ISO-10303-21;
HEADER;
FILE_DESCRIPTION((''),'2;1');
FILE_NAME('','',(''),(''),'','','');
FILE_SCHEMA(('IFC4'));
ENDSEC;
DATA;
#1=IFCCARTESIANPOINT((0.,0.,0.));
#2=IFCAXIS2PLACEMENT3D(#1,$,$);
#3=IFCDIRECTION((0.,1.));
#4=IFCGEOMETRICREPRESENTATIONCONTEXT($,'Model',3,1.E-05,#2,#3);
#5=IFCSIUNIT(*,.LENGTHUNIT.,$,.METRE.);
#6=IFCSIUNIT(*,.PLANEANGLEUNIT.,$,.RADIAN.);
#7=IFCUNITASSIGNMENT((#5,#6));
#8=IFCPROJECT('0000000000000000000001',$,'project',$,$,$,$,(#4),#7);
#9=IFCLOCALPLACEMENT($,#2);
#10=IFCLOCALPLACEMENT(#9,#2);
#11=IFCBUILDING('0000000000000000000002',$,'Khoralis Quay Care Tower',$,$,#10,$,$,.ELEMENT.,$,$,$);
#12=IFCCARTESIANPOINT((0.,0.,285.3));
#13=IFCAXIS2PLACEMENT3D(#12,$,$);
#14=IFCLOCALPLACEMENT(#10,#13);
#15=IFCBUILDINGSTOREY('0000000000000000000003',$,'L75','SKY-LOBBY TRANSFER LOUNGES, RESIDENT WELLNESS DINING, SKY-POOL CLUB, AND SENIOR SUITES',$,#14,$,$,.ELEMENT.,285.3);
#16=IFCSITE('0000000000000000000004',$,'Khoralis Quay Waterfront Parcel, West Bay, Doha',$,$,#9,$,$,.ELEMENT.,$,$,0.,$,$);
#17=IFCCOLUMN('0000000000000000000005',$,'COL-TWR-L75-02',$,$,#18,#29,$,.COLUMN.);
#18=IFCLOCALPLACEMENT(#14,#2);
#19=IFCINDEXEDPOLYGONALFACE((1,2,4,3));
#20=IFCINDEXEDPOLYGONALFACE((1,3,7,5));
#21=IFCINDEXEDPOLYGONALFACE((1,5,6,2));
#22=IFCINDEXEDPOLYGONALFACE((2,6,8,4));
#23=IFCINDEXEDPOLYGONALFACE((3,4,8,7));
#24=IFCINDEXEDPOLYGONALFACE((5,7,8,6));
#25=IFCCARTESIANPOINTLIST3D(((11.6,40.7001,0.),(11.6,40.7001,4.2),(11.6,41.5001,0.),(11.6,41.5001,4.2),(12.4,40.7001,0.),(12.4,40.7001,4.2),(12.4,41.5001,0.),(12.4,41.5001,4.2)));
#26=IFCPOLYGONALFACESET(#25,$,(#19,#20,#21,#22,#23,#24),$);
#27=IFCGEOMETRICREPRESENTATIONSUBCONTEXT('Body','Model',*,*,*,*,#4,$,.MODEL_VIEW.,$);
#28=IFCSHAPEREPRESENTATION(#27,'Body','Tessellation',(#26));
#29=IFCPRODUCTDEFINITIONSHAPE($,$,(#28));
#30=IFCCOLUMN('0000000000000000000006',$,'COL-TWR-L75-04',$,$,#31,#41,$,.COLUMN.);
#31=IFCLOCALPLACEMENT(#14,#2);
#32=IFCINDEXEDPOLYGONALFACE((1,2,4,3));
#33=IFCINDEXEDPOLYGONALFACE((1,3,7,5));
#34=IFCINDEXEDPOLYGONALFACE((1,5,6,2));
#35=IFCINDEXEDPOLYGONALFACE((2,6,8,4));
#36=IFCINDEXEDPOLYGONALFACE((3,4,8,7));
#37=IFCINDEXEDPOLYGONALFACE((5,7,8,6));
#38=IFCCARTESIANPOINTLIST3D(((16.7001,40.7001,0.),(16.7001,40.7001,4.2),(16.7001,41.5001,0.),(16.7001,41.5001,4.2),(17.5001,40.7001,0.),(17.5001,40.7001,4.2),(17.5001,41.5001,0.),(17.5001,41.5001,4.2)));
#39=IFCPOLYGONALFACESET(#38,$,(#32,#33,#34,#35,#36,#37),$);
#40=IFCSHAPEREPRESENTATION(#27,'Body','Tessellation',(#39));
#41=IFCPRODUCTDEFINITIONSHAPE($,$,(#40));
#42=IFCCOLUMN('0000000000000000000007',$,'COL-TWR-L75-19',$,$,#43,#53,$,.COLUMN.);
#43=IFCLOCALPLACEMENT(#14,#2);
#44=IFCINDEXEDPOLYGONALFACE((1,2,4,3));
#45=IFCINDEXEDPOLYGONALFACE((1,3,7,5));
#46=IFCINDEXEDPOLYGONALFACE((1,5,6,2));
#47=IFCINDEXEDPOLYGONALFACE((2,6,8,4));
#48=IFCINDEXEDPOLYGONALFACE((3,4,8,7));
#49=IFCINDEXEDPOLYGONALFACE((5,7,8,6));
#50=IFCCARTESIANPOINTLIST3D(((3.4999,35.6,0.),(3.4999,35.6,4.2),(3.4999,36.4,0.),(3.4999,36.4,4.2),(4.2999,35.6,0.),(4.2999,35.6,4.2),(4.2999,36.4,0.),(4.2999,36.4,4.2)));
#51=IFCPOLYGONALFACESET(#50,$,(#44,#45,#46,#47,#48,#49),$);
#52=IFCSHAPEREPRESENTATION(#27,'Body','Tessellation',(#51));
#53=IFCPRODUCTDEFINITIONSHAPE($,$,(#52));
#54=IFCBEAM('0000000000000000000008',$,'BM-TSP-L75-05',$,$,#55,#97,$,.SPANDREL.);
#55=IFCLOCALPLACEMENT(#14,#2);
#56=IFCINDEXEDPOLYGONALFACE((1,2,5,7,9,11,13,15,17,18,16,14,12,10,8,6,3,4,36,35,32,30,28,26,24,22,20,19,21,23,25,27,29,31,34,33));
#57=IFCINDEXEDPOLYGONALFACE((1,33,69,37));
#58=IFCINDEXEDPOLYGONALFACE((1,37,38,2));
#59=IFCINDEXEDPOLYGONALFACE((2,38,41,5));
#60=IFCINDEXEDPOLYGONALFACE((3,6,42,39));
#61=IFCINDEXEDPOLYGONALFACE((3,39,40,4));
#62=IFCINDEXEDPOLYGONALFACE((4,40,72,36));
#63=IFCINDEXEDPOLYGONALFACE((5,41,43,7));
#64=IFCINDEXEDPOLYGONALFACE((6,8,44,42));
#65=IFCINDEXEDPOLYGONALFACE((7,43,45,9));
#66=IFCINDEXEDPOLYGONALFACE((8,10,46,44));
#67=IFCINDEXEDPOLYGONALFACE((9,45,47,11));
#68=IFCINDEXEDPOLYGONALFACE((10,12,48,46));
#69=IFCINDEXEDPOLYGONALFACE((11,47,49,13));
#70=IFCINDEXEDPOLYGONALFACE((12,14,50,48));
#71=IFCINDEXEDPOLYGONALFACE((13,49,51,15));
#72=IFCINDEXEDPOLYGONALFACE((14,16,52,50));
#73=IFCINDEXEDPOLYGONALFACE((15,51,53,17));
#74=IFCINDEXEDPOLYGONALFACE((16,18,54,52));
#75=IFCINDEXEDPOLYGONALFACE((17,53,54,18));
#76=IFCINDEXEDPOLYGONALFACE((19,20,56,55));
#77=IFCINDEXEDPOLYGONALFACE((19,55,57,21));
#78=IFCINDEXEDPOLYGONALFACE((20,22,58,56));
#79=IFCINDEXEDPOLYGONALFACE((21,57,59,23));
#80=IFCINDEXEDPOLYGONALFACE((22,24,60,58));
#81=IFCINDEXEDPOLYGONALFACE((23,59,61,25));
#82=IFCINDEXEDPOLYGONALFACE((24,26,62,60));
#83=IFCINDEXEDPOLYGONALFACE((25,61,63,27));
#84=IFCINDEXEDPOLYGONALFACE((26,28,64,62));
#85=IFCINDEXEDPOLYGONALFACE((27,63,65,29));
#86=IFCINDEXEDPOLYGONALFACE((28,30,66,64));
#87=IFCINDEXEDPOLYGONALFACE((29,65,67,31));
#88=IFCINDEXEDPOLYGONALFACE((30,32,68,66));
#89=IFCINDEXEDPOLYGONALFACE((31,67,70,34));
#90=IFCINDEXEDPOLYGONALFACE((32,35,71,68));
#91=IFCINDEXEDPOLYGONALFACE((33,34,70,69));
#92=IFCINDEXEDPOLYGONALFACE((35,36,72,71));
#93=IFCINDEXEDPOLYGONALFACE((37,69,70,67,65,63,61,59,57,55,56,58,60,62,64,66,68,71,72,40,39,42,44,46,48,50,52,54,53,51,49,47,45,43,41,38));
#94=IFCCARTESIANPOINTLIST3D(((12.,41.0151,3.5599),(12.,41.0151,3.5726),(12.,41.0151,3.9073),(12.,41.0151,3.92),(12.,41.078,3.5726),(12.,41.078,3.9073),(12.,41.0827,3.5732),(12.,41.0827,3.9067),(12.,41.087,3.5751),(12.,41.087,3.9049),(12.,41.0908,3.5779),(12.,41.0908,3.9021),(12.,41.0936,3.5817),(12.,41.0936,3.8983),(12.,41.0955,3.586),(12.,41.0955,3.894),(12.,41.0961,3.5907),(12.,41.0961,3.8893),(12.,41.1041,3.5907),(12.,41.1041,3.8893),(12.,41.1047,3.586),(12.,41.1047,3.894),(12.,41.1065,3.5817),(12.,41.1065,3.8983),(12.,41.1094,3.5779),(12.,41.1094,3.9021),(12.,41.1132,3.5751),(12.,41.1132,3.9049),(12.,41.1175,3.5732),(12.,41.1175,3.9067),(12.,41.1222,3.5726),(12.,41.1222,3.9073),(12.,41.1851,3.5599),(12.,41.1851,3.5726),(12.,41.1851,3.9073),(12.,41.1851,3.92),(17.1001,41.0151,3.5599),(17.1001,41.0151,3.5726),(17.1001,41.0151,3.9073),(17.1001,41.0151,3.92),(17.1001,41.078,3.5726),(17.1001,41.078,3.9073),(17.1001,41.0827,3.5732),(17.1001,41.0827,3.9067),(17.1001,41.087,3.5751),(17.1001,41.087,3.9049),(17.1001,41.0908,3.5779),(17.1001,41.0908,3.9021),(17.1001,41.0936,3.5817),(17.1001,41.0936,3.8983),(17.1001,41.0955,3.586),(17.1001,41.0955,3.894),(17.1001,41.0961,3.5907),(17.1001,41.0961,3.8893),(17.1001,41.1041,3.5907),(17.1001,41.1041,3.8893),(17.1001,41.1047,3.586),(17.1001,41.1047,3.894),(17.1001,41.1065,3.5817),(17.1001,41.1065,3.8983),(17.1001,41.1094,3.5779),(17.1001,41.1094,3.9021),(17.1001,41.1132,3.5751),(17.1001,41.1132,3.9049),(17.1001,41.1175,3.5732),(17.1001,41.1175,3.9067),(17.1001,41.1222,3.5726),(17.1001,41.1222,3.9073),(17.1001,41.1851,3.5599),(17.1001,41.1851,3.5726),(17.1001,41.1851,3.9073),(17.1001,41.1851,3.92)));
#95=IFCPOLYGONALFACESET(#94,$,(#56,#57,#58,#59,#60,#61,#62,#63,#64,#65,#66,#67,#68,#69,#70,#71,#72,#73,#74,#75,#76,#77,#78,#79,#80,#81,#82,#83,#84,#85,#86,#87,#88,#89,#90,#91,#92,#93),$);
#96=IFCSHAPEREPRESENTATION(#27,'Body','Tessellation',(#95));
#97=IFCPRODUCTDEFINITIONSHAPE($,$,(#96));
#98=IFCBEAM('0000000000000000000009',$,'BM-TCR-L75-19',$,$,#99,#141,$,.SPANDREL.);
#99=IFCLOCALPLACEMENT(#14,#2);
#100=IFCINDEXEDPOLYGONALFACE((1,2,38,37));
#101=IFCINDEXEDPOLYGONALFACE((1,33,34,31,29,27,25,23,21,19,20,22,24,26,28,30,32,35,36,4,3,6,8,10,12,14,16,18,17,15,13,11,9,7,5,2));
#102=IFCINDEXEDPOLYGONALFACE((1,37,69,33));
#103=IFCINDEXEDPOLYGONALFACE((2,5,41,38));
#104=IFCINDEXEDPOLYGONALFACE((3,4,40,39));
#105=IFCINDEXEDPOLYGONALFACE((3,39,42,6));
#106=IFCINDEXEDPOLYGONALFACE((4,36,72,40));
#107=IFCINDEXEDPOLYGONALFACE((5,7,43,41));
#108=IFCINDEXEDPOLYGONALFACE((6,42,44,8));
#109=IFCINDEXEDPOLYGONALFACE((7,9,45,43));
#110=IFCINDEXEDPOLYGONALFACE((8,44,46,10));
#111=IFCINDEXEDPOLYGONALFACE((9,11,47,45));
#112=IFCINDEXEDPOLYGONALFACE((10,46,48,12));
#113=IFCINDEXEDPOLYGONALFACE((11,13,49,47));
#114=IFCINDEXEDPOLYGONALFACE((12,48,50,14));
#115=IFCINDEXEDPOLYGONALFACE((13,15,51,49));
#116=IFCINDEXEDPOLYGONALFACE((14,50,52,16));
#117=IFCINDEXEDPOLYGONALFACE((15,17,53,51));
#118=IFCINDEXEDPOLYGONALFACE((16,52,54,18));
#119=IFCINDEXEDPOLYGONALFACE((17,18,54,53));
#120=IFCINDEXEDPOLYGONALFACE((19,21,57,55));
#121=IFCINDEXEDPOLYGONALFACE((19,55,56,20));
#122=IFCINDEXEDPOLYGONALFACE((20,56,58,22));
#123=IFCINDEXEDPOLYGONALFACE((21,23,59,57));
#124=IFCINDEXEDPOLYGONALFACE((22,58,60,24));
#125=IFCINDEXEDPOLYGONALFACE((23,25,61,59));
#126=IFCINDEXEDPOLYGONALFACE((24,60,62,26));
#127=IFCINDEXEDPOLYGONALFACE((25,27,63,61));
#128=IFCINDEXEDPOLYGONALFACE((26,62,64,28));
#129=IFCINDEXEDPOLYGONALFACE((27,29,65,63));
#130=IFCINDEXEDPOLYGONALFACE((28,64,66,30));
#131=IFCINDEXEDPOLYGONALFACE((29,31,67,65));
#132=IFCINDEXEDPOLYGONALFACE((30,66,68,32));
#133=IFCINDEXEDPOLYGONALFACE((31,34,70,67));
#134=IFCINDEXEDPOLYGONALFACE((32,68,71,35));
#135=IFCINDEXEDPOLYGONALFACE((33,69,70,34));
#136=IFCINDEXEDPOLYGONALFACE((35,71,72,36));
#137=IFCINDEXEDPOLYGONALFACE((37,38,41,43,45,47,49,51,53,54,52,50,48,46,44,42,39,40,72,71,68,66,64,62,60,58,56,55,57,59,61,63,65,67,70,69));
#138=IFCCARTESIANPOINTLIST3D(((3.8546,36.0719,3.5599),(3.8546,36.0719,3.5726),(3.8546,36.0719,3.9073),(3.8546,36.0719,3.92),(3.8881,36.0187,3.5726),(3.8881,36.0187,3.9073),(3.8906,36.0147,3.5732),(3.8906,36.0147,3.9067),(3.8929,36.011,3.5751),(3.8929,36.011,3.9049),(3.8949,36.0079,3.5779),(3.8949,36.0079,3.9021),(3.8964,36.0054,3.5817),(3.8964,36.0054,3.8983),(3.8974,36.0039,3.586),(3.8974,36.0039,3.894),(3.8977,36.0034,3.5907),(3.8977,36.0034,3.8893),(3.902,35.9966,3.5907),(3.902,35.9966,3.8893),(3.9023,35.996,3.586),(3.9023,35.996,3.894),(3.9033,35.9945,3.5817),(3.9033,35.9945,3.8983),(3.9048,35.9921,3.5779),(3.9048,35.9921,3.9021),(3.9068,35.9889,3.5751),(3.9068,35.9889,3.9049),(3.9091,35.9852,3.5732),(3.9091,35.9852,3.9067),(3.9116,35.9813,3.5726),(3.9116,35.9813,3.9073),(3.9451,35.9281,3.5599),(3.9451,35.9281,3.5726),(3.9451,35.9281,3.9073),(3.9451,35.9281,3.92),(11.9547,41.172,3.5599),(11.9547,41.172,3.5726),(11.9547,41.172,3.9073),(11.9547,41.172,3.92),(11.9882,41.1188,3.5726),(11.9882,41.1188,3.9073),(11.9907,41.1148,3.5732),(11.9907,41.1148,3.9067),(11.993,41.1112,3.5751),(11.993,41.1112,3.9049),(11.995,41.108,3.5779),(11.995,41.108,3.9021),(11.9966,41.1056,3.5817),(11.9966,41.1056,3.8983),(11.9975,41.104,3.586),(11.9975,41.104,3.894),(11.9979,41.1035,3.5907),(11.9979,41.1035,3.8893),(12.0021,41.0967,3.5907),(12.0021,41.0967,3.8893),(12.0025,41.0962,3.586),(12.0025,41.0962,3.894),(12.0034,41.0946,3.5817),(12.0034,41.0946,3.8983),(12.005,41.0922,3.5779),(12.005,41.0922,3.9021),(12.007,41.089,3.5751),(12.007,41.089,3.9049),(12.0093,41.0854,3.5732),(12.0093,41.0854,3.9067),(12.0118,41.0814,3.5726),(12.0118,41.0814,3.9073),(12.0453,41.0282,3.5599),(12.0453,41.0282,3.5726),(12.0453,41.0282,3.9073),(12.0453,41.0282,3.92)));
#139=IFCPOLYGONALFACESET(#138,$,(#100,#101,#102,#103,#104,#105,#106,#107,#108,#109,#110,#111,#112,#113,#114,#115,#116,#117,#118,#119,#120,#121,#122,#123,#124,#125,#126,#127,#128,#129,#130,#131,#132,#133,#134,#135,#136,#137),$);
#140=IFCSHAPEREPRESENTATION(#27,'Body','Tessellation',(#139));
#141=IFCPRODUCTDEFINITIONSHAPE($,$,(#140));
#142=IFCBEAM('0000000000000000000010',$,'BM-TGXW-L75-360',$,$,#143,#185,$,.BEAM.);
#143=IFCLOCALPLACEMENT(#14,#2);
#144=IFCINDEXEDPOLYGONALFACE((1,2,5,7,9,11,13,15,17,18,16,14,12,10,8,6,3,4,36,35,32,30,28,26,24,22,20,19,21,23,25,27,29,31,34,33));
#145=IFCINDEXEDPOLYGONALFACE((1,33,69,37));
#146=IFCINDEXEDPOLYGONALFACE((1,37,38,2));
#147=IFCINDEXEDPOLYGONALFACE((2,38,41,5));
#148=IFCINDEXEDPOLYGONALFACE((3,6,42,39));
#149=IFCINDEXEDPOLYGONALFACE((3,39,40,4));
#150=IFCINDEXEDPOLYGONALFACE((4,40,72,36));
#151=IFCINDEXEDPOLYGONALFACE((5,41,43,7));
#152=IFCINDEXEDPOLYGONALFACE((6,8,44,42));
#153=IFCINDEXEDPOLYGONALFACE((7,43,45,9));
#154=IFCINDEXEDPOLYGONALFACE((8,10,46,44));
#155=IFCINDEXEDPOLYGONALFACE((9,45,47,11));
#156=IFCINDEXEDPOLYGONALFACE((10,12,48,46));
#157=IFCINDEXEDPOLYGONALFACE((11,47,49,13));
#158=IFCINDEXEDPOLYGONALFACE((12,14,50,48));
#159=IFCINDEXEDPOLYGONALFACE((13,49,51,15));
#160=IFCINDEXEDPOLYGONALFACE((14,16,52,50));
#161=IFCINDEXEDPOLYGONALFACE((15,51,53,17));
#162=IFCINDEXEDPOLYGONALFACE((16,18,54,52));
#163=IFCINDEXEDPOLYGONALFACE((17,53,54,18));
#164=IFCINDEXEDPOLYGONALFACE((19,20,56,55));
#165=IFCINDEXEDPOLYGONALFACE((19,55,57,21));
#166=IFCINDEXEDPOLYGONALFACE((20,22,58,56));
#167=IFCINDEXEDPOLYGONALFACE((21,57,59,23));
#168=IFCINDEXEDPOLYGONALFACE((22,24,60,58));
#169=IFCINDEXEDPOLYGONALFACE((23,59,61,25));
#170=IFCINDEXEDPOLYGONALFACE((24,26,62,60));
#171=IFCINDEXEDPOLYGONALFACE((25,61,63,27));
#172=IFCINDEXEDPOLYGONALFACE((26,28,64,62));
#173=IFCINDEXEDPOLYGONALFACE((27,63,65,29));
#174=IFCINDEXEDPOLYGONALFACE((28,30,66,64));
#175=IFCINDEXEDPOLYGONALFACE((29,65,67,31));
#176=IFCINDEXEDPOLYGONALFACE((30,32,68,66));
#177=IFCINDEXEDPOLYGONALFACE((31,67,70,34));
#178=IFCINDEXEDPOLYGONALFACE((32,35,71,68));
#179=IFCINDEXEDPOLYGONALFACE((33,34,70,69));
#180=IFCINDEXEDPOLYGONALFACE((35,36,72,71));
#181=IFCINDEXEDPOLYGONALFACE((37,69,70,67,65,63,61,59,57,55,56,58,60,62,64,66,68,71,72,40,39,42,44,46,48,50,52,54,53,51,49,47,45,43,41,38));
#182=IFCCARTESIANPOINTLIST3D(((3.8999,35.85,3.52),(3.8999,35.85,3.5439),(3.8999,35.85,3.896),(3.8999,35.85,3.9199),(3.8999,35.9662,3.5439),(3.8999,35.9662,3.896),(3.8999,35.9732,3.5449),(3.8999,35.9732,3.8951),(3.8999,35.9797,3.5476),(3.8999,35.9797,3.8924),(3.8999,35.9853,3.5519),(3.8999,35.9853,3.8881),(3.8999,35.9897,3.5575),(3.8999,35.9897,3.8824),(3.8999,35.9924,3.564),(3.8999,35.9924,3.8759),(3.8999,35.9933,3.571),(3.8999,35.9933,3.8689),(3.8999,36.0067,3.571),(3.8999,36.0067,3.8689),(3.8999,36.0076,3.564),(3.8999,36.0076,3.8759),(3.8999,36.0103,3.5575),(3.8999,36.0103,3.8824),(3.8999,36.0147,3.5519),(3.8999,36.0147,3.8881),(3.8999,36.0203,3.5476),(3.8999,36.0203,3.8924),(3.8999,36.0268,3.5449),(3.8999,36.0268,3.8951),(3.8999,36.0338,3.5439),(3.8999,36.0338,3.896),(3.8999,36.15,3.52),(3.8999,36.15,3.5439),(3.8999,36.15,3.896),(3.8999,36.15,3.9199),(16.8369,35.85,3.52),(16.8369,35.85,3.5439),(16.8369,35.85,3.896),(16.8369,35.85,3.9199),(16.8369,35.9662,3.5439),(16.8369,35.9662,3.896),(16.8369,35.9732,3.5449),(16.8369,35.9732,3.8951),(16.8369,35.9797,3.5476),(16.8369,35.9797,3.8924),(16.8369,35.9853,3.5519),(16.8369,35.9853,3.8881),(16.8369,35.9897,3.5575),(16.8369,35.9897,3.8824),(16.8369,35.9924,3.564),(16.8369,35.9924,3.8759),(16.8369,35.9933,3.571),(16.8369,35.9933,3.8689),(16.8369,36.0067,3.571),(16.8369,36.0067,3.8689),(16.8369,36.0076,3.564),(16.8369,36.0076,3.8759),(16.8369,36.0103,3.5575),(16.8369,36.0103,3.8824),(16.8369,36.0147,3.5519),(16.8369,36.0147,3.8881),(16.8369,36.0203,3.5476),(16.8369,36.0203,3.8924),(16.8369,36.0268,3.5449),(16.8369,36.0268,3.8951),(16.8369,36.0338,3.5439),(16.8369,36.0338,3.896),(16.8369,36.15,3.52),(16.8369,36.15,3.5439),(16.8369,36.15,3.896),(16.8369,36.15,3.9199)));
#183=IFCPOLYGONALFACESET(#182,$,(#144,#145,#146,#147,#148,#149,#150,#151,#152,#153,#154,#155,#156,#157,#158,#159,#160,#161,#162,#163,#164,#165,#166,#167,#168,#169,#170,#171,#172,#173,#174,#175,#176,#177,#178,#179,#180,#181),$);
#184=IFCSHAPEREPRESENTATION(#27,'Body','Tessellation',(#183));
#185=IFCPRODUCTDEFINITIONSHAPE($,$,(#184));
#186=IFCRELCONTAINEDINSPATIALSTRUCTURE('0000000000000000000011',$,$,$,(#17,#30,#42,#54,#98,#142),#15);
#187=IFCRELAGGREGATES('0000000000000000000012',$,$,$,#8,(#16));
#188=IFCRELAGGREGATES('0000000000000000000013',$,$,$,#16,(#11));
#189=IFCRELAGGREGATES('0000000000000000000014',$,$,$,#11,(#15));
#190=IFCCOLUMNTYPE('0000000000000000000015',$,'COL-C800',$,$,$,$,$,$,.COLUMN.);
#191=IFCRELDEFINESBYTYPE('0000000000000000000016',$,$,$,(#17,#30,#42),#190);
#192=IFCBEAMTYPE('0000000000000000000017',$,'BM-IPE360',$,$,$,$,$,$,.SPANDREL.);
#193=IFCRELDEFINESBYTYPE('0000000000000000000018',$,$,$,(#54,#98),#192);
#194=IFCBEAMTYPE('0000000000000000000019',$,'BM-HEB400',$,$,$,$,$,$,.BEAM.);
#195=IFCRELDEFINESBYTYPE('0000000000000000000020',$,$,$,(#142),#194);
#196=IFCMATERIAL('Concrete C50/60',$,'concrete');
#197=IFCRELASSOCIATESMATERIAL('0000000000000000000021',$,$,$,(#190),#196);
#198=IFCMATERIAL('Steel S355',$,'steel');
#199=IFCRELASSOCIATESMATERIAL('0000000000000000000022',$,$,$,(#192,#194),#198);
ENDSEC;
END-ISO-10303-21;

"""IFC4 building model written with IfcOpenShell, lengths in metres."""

from ifc_helpers import new_model, si_unit, direction, frame, origin, origin_2d, place, context, subcontext, project, spatial, rectangle, i_section, extrude, source, transform, mapped, material, material_profile, profile_set, type_object, element, save


model = new_model("IFC4")

# Units and contexts
model_context = context("Model", 3, precision=1e-05, world=origin(), true_north=direction((0.0, 1.0)))
body_context = subcontext(model_context, "Body", "Model", "MODEL_VIEW")
ifc_project = project(units=[si_unit("LENGTHUNIT", "METRE"), si_unit("PLANEANGLEUNIT", "RADIAN")], contexts=[model_context])

# Site, building, storey
site_placement = place(None, origin())
site = spatial("IfcSite", under=ifc_project, at=site_placement, Name="Khoralis Quay Waterfront Parcel, West Bay, Doha", CompositionType="ELEMENT", RefElevation=0.0)
building_placement = place(site_placement, origin())
building = spatial("IfcBuilding", under=site, at=building_placement, Name="Khoralis Quay Care Tower", CompositionType="ELEMENT")
storey_placement = place(building_placement, frame((0.0, 0.0, 285.3)))
storey = spatial("IfcBuildingStorey", under=building, at=storey_placement, Name="L75", Description="SKY-LOBBY TRANSFER LOUNGES, RESIDENT WELLNESS DINING, SKY-POOL CLUB, AND SENIOR SUITES", CompositionType="ELEMENT", Elevation=285.3)

# Columns
ifc_material_1 = material(Name="Concrete C50/60", Category="concrete")
ifc_material_profile_1 = material_profile(ifc_material_1, rectangle(XDim=0.8, YDim=0.8, at=origin_2d()), Name="Concrete C50/60")
ifc_profile_set_1 = profile_set([ifc_material_profile_1], Name="Concrete C50/60")
column_type = type_object("IfcColumnType", Name="COL-C800", PredefinedType="COLUMN", material=ifc_profile_set_1)
shared_shape_1 = source(origin(), body_context, "Body", "SweptSolid", [
    extrude(rectangle(XDim=0.8, YDim=0.8, at=origin_2d()), origin(), (0.0, 0.0, 1.0), 4.2),
])
for number, where, z_axis, x_axis, name in (
    (1, (12.0, 41.1001, 0.0), (0.0, 0.0, 1.0), (1.0, 0.0, 0.0), "COL-TWR-L75-02"),
    (2, (17.1001, 41.1001, 0.0), (0.0, 0.0, 1.0), (1.0, 0.0, 0.0), "COL-TWR-L75-04"),
    (3, (3.8999, 36.0, 0.0), (0.0, 0.0, 1.0), (1.0, 0.0, 0.0), "COL-TWR-L75-19"),
):
    element("IfcColumn", number, at=place(storey_placement, frame(where, z_axis=z_axis, x_axis=x_axis)), inside=storey, type_object=column_type, Name=name, PredefinedType="COLUMN", context=body_context, shape_type="MappedRepresentation", body=[
        mapped(shared_shape_1, transform((0.0, 0.0, 0.0), scale=1.0)),
    ])

# Beams
ifc_material_2 = material(Name="Steel S355", Category="steel")
ifc_material_profile_2 = material_profile(ifc_material_2, i_section(OverallWidth=0.1699, OverallDepth=0.3601, WebThickness=0.0081, FlangeThickness=0.0127, FilletRadius=0.0181, at=origin_2d()), Name="Steel S355")
ifc_profile_set_2 = profile_set([ifc_material_profile_2], Name="Steel S355")
beam_type_1 = type_object("IfcBeamType", Name="BM-IPE360", PredefinedType="SPANDREL", material=ifc_profile_set_2)
shared_shape_2 = source(origin(), body_context, "Body", "SweptSolid", [
    extrude(i_section(OverallWidth=0.1699, OverallDepth=0.3601, WebThickness=0.0081, FlangeThickness=0.0127, FilletRadius=0.0181, at=origin_2d()), origin(), (0.0, 0.0, 1.0), 5.1001),
])
beam_1_placement = place(storey_placement, frame((12.0, 41.1001, 3.74), z_axis=(1.0, 0.0, 0.0), x_axis=(0.0, 1.0, 0.0)))
element("IfcBeam", 4, at=beam_1_placement, inside=storey, type_object=beam_type_1, Name="BM-TSP-L75-05", PredefinedType="SPANDREL", context=body_context, shape_type="MappedRepresentation", body=[
    mapped(shared_shape_2, transform((0.0, 0.0, 0.0), scale=1.0)),
])
shared_shape_3 = source(origin(), body_context, "Body", "SweptSolid", [
    extrude(i_section(OverallWidth=0.1699, OverallDepth=0.3601, WebThickness=0.0081, FlangeThickness=0.0127, FilletRadius=0.0181, at=origin_2d()), origin(), (0.0, 0.0, 1.0), 9.572),
])
beam_2_placement = place(storey_placement, frame((12.0, 41.1001, 3.74), z_axis=(-0.846231, -0.532816, 0.0), x_axis=(0.532816, -0.846231, 0.0)))
element("IfcBeam", 5, at=beam_2_placement, inside=storey, type_object=beam_type_1, Name="BM-TCR-L75-19", PredefinedType="SPANDREL", context=body_context, shape_type="MappedRepresentation", body=[
    mapped(shared_shape_3, transform((0.0, 0.0, 0.0), scale=1.0)),
])
ifc_material_profile_3 = material_profile(ifc_material_2, i_section(OverallWidth=0.3, OverallDepth=0.3999, WebThickness=0.0134, FlangeThickness=0.0239, FilletRadius=0.0271, at=origin_2d()), Name="Steel S355")
ifc_profile_set_3 = profile_set([ifc_material_profile_3], Name="Steel S355")
beam_type_2 = type_object("IfcBeamType", Name="BM-HEB400", PredefinedType="BEAM", material=ifc_profile_set_3)
shared_shape_4 = source(origin(), body_context, "Body", "SweptSolid", [
    extrude(i_section(OverallWidth=0.3, OverallDepth=0.3999, WebThickness=0.0134, FlangeThickness=0.0239, FilletRadius=0.0271, at=origin_2d()), origin(), (0.0, 0.0, 1.0), 12.937),
])
beam_3_placement = place(storey_placement, frame((3.8999, 36.0, 3.72), z_axis=(1.0, 0.0, 0.0), x_axis=(0.0, 1.0, 0.0)))
element("IfcBeam", 6, at=beam_3_placement, inside=storey, type_object=beam_type_2, Name="BM-TGXW-L75-360", PredefinedType="BEAM", context=body_context, shape_type="MappedRepresentation", body=[
    mapped(shared_shape_4, transform((0.0, 0.0, 0.0), scale=1.0)),
])

save(model, "model.ifc")
